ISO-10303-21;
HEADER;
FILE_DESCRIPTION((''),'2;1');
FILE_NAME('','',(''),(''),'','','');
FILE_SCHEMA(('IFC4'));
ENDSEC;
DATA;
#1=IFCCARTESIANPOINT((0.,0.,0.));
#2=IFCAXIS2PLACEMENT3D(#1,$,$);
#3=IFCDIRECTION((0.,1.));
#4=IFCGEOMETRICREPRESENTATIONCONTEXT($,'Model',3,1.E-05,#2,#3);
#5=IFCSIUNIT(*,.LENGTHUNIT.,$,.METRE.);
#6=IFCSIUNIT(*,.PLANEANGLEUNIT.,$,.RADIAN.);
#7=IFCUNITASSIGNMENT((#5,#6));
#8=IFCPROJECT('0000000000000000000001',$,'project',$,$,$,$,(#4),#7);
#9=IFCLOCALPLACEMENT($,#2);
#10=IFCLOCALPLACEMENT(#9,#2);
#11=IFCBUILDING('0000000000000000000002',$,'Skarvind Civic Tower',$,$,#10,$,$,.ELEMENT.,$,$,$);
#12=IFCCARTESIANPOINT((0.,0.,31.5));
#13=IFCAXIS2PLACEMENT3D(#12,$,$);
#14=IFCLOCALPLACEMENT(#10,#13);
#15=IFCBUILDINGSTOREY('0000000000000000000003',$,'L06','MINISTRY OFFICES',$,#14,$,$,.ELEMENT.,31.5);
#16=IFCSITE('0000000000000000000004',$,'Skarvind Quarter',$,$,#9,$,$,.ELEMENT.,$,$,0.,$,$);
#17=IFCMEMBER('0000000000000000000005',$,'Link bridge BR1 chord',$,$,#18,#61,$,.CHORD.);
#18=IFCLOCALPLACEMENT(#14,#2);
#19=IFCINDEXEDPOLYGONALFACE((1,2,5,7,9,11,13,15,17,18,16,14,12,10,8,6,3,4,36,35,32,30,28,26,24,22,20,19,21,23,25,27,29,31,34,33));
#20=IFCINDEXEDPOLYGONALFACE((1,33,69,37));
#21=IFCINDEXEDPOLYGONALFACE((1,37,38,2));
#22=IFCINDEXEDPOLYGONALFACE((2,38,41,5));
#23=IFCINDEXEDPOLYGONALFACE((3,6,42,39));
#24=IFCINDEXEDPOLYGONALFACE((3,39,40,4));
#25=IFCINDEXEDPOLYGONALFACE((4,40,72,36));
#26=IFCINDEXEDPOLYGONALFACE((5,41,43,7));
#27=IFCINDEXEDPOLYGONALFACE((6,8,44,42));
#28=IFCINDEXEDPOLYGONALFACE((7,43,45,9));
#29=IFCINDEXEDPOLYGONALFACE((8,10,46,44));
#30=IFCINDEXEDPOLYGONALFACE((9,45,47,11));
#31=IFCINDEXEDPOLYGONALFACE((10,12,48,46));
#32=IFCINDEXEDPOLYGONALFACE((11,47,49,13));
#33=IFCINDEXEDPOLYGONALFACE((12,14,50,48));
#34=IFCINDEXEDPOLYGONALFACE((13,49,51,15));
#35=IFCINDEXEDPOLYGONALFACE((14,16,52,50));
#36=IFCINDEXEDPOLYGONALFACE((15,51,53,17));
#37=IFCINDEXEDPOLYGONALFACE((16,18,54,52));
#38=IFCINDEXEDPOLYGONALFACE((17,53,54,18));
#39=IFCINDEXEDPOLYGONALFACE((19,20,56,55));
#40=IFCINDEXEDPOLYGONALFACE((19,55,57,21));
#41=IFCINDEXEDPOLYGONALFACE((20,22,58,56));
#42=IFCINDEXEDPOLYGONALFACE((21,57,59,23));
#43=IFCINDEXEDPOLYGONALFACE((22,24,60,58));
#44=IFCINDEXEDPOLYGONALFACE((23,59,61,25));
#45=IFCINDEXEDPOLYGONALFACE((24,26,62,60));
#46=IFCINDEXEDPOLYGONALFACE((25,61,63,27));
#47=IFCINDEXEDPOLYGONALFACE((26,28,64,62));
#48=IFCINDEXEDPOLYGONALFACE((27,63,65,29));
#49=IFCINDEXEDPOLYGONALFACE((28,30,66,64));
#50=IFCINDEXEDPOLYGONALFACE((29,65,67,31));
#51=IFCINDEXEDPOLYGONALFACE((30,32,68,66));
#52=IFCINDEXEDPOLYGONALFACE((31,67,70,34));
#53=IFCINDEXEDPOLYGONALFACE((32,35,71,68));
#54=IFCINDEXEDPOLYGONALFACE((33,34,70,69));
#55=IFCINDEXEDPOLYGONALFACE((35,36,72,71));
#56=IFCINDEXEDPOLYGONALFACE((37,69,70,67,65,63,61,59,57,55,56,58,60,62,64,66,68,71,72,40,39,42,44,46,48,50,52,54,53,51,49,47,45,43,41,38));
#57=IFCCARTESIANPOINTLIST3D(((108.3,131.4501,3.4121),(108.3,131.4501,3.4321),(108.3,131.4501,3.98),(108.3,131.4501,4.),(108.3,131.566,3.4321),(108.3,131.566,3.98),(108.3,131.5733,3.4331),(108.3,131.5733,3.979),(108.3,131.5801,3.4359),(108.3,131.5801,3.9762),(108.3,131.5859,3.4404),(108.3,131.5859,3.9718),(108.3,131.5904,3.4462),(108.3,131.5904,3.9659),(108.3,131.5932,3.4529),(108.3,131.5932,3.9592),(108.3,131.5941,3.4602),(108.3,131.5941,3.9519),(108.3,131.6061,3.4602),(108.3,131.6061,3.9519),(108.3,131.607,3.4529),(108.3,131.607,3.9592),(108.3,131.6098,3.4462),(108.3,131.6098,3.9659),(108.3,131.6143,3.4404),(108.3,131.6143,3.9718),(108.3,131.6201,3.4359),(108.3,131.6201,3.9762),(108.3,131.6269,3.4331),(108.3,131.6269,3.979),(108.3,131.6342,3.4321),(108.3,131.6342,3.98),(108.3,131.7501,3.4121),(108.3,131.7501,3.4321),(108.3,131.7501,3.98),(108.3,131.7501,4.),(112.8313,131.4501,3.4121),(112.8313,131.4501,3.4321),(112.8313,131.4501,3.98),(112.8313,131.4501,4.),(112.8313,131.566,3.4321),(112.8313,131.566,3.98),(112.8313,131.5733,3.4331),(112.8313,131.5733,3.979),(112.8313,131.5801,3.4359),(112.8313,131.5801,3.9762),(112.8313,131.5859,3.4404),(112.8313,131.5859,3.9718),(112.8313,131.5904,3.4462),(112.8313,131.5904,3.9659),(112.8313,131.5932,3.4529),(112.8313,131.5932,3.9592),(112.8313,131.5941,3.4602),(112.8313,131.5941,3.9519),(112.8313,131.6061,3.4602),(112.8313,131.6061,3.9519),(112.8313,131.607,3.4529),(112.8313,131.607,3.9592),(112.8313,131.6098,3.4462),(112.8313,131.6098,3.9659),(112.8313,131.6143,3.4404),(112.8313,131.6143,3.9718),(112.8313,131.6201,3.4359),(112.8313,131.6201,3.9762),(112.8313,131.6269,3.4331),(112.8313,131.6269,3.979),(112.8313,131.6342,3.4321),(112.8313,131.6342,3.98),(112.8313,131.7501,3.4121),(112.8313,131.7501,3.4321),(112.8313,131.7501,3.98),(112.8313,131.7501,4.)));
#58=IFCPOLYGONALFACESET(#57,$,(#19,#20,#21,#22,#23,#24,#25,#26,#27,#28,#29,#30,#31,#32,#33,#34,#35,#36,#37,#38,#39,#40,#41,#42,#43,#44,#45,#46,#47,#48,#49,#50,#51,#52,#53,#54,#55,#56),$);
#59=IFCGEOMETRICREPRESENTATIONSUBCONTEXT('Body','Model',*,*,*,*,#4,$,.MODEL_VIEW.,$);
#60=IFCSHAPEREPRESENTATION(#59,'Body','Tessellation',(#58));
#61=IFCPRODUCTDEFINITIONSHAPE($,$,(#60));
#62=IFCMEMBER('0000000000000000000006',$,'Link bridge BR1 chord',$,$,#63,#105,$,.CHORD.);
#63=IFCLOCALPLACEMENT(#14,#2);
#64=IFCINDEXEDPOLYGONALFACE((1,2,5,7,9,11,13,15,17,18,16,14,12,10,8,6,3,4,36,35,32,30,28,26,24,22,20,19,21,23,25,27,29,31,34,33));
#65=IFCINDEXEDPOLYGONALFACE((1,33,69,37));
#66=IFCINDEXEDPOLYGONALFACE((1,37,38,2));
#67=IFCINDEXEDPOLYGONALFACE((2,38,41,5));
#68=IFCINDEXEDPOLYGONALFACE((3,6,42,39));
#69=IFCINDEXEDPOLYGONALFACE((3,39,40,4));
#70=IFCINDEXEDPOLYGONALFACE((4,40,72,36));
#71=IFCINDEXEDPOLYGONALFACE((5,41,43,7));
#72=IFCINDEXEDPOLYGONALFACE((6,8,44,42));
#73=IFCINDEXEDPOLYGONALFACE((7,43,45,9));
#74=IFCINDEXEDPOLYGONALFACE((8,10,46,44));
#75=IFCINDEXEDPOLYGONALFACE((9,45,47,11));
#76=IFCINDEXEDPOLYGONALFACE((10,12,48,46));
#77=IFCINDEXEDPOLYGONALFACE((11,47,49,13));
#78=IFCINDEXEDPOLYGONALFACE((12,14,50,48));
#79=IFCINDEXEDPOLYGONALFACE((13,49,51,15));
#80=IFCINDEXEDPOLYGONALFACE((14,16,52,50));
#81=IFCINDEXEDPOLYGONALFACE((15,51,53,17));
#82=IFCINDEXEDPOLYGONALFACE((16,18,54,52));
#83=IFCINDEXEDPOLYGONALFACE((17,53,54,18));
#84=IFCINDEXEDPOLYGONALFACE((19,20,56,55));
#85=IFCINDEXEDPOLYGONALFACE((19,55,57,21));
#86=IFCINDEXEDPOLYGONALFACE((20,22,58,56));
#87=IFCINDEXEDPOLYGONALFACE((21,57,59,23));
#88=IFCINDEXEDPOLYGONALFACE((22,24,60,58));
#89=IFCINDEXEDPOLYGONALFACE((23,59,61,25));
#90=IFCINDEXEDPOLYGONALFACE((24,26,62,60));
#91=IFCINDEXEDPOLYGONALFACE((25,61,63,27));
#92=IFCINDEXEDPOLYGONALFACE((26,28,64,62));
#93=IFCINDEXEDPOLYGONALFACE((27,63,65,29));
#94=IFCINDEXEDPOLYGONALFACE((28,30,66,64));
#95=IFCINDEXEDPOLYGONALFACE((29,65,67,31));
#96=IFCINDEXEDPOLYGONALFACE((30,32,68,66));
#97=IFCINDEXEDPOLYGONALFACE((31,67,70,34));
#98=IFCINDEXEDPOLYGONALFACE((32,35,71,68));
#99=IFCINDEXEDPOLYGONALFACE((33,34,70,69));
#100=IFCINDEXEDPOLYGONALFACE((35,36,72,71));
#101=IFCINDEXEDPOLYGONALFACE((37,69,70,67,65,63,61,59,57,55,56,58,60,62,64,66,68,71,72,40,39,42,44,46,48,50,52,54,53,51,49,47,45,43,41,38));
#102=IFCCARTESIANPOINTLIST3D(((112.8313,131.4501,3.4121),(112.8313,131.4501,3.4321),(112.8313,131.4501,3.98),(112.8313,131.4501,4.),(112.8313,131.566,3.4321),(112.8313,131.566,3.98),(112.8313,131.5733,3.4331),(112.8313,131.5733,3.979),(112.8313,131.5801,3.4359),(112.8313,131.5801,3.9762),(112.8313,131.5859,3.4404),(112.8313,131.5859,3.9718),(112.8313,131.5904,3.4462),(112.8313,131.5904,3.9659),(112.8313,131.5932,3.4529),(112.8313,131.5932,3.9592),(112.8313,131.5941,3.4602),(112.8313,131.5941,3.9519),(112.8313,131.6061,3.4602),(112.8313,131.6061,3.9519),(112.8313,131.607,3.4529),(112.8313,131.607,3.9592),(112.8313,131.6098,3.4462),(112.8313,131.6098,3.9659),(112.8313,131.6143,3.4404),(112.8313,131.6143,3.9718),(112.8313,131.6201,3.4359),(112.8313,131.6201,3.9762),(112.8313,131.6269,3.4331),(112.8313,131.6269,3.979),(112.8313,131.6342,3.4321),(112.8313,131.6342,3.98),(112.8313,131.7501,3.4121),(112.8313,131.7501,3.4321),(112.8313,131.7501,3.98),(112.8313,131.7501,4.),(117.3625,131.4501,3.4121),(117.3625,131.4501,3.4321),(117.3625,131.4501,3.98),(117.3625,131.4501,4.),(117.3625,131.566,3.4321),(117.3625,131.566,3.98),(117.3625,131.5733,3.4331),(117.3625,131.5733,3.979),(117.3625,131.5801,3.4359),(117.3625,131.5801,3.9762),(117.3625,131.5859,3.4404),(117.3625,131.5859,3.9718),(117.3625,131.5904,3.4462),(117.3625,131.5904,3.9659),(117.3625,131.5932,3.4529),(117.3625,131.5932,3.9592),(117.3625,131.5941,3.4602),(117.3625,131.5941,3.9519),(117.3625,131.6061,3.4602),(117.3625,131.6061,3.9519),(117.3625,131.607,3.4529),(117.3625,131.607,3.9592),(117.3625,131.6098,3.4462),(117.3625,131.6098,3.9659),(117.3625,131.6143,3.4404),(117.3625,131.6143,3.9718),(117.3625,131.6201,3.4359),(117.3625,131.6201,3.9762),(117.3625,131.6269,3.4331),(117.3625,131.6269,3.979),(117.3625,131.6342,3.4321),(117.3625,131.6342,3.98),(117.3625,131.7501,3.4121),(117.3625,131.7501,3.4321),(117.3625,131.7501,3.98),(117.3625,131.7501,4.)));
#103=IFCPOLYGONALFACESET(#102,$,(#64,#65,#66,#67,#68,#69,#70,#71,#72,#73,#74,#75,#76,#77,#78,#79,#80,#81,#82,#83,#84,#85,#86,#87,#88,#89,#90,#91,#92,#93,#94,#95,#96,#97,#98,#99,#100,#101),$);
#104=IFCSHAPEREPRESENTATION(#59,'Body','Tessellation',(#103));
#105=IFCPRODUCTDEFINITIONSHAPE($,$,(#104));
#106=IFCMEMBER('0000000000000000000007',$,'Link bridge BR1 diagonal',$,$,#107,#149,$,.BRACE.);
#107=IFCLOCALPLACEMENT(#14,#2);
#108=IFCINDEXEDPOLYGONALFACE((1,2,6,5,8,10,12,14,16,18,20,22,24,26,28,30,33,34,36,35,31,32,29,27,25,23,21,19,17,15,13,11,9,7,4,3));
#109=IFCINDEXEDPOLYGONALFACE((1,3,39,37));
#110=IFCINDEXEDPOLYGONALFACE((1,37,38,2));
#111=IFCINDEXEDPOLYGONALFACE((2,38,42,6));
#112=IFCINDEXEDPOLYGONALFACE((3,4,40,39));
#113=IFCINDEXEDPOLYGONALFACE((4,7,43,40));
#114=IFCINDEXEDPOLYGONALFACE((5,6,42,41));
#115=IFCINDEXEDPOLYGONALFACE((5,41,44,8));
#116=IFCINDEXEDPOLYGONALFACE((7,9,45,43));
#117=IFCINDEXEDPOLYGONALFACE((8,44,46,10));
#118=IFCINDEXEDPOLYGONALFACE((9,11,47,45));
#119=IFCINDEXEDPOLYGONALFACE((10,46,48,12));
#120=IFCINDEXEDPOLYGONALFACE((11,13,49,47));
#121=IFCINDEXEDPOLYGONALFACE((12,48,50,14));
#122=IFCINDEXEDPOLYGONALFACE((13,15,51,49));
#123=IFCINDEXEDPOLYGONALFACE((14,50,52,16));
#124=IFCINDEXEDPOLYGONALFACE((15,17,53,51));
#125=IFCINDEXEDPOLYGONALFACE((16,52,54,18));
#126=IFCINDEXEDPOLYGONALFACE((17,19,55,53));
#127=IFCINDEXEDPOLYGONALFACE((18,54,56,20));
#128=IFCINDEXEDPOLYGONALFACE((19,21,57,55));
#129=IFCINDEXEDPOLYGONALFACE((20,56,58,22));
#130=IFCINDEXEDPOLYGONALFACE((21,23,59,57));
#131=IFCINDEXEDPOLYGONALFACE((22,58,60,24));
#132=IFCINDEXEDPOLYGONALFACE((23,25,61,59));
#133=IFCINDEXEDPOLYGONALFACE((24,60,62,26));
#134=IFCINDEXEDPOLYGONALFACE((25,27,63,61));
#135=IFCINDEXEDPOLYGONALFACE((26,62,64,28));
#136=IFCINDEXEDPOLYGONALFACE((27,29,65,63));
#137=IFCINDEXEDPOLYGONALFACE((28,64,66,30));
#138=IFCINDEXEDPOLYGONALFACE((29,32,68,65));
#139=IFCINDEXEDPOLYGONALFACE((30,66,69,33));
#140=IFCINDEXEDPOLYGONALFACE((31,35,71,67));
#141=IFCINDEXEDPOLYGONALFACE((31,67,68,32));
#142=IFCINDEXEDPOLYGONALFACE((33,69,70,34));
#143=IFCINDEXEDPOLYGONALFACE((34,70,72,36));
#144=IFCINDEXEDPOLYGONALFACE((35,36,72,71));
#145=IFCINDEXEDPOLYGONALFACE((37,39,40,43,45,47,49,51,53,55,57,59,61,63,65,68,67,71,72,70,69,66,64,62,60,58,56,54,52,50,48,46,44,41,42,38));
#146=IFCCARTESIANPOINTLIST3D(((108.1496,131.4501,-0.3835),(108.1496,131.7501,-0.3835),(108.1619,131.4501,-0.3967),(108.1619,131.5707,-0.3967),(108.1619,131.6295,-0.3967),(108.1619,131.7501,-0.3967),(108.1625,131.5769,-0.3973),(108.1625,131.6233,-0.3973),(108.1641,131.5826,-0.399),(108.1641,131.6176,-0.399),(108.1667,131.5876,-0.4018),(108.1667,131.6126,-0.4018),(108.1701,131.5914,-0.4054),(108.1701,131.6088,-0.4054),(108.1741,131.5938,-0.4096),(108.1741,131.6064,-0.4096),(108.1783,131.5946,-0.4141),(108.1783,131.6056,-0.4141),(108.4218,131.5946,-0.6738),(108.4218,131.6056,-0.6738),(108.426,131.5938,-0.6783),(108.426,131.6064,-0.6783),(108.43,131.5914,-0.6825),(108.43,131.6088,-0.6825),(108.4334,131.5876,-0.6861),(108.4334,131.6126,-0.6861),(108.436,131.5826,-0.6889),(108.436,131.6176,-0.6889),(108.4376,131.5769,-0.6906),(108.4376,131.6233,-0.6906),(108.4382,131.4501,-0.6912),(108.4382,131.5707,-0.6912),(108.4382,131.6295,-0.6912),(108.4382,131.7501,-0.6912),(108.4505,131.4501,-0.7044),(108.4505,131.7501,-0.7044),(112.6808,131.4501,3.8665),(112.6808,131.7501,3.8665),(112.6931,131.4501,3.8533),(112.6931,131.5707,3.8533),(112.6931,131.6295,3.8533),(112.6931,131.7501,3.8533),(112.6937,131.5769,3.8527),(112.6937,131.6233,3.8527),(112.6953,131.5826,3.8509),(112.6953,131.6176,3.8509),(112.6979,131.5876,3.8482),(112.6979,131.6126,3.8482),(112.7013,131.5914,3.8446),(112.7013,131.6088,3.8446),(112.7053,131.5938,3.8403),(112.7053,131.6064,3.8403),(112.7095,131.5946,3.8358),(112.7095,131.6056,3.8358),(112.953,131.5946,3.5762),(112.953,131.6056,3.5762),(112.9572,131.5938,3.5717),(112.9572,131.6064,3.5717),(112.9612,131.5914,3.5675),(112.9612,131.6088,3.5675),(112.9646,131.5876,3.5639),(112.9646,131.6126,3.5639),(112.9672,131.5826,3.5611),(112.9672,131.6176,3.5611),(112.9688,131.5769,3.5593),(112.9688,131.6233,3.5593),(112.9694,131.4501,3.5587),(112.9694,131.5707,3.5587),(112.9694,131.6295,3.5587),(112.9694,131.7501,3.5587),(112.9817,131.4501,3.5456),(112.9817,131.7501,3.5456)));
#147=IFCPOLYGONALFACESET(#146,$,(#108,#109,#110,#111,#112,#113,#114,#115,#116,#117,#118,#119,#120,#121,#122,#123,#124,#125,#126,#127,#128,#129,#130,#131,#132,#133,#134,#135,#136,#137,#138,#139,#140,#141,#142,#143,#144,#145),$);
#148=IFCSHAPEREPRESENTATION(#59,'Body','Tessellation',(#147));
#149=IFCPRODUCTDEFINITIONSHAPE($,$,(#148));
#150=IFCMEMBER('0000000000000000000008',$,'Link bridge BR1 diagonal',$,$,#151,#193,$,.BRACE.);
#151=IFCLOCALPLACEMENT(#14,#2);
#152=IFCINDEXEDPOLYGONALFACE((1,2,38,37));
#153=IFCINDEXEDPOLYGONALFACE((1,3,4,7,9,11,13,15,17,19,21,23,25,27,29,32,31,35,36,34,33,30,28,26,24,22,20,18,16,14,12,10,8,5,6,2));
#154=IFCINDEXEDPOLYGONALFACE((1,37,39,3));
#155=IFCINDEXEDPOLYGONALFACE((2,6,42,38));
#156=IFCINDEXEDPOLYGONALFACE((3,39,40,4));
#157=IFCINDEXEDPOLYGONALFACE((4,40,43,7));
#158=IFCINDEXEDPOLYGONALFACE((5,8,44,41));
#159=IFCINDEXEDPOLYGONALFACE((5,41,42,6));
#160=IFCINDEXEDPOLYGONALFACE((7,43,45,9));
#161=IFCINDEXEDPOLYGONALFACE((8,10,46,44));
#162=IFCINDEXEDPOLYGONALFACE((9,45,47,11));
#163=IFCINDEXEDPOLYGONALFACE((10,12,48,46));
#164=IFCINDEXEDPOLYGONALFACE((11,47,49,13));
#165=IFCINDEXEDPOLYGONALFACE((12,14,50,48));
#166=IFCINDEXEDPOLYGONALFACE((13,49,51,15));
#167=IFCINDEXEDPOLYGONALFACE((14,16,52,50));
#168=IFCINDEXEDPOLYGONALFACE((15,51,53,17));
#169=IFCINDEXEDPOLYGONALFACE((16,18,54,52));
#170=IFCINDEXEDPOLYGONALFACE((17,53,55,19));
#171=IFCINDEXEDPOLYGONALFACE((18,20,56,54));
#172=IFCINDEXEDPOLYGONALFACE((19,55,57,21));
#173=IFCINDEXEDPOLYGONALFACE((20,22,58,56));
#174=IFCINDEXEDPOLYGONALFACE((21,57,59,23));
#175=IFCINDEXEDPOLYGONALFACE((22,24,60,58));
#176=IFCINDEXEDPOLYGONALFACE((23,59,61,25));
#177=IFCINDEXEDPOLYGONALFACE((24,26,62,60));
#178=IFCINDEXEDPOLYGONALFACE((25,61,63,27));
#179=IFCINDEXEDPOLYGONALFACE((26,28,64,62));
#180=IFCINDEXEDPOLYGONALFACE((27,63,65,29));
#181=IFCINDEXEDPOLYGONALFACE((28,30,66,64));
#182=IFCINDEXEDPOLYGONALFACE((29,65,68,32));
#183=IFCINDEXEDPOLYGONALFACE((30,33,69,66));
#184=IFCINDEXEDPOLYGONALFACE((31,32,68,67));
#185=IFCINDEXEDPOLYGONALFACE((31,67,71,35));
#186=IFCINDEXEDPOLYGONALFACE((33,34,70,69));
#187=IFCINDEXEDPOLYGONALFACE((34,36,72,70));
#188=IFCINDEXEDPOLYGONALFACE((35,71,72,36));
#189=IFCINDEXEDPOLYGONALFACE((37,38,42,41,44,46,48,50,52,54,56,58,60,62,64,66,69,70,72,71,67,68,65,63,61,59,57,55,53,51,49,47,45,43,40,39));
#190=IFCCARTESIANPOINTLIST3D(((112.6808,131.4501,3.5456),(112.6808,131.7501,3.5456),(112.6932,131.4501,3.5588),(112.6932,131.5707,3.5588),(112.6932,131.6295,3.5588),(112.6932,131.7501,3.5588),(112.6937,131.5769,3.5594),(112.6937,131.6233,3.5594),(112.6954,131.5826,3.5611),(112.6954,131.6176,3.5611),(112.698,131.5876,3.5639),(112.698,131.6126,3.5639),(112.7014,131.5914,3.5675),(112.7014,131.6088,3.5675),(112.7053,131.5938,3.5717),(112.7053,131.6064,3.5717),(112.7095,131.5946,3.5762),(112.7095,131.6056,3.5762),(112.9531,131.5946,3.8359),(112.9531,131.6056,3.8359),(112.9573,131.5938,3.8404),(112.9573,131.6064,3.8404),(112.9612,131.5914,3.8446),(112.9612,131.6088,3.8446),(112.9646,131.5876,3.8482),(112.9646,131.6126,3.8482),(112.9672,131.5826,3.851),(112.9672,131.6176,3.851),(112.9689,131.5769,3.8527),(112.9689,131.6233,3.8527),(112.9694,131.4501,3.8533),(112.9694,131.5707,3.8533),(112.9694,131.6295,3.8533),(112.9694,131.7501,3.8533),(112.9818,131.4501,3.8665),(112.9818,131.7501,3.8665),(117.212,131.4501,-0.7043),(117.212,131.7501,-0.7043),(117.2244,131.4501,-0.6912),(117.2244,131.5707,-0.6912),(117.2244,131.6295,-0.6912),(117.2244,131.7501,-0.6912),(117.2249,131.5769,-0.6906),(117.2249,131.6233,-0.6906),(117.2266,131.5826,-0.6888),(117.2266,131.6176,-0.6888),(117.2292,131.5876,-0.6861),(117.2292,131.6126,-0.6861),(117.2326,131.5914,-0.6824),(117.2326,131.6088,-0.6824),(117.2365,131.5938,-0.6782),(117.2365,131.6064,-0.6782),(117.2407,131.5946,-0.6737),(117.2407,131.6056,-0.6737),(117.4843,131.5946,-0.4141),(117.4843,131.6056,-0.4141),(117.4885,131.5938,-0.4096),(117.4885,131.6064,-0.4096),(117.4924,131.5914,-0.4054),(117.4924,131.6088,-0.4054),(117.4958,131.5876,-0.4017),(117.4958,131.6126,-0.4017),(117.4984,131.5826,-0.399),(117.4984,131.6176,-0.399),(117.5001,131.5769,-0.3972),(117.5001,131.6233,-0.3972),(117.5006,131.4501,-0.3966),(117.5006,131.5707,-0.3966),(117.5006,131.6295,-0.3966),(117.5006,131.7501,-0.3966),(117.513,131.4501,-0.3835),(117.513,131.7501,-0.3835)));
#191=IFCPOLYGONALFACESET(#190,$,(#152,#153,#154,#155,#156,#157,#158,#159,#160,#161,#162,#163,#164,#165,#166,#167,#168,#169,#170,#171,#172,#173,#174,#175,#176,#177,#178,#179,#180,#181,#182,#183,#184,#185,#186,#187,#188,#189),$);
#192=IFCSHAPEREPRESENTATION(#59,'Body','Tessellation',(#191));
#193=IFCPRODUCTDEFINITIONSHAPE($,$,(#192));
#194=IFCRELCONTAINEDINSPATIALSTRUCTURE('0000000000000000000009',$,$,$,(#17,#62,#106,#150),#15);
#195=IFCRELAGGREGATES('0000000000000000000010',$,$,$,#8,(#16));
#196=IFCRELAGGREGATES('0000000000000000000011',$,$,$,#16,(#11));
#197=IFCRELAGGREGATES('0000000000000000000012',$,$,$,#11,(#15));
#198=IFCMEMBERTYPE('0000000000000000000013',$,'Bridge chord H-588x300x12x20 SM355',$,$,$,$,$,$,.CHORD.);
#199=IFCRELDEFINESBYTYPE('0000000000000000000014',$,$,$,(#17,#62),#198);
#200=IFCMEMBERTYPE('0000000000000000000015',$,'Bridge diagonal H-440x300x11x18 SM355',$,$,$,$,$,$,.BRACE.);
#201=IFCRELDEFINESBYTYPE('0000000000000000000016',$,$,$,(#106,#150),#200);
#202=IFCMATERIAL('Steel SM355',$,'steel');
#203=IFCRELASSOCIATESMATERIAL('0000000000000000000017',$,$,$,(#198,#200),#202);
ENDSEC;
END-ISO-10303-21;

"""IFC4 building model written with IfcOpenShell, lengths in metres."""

from ifc_helpers import new_model, si_unit, direction, frame, origin, origin_2d, place, context, subcontext, project, spatial, i_section, extrude, material, material_profile, profile_set, type_object, element, save


model = new_model("IFC4")

# Units and contexts
model_context = context("Model", 3, precision=1e-05, world=origin(), true_north=direction((0.0, 1.0)))
body_context = subcontext(model_context, "Body", "Model", "MODEL_VIEW")
ifc_project = project(units=[si_unit("LENGTHUNIT", "METRE"), si_unit("PLANEANGLEUNIT", "RADIAN")], contexts=[model_context])

# Site, building, storey
site_placement = place(None, origin())
site = spatial("IfcSite", under=ifc_project, at=site_placement, Name="Skarvind Quarter", CompositionType="ELEMENT", RefElevation=0.0)
building_placement = place(site_placement, origin())
building = spatial("IfcBuilding", under=site, at=building_placement, Name="Skarvind Civic Tower", CompositionType="ELEMENT")
storey_placement = place(building_placement, frame((0.0, 0.0, 31.5)))
storey = spatial("IfcBuildingStorey", under=building, at=storey_placement, Name="L06", Description="MINISTRY OFFICES", CompositionType="ELEMENT", Elevation=31.5)

# Members
ifc_material_1 = material(Name="Steel SM355", Category="steel")
ifc_material_profile_1 = material_profile(ifc_material_1, i_section(OverallWidth=0.3, OverallDepth=0.5879, WebThickness=0.012, FlangeThickness=0.02, FilletRadius=0.0281, at=origin_2d()), Name="H-588x300x12x20")
ifc_profile_set_1 = profile_set([ifc_material_profile_1], Name="Steel SM355")
member_type_1 = type_object("IfcMemberType", Name="Bridge chord H-588x300x12x20 SM355", PredefinedType="CHORD", material=ifc_profile_set_1)
for number, where, z_axis, x_axis, name in (
    (1, (108.3, 131.6001, 3.7061), (1.0, 0.0, 0.0), (0.0, 1.0, 0.0), "Link bridge BR1 chord"),
    (2, (112.8313, 131.6001, 3.7061), (1.0, 0.0, 0.0), (0.0, 1.0, 0.0), "Link bridge BR1 chord"),
):
    element("IfcMember", number, at=place(storey_placement, frame(where, z_axis=z_axis, x_axis=x_axis)), inside=storey, type_object=member_type_1, Name=name, PredefinedType="CHORD", context=body_context, shape_type="SweptSolid", body=[
        extrude(i_section(OverallWidth=0.3, OverallDepth=0.5879, WebThickness=0.012, FlangeThickness=0.02, FilletRadius=0.0281, at=origin_2d()), origin(), (0.0, 0.0, 1.0), 4.5312),
    ])
ifc_material_profile_2 = material_profile(ifc_material_1, i_section(OverallWidth=0.3, OverallDepth=0.4399, WebThickness=0.011, FlangeThickness=0.0181, FilletRadius=0.0239, at=origin_2d()), Name="H-440x300x11x18")
ifc_profile_set_2 = profile_set([ifc_material_profile_2], Name="Steel SM355")
member_type_2 = type_object("IfcMemberType", Name="Bridge diagonal H-440x300x11x18 SM355", PredefinedType="BRACE", material=ifc_profile_set_2)
for number, where, z_axis, x_axis, name in (
    (3, (108.3, 131.6001, -0.5439), (0.72938, 0.0, 0.684108), (0.0, 1.0, 0.0), "Link bridge BR1 diagonal"),
    (4, (112.8313, 131.6001, 3.7061), (0.72938, 0.0, -0.684108), (0.0, 1.0, 0.0), "Link bridge BR1 diagonal"),
):
    element("IfcMember", number, at=place(storey_placement, frame(where, z_axis=z_axis, x_axis=x_axis)), inside=storey, type_object=member_type_2, Name=name, PredefinedType="BRACE", context=body_context, shape_type="SweptSolid", body=[
        extrude(i_section(OverallWidth=0.3, OverallDepth=0.4399, WebThickness=0.011, FlangeThickness=0.0181, FilletRadius=0.0239, at=origin_2d()), origin(), (0.0, 0.0, 1.0), 6.2124),
    ])

save(model, "model.ifc")
